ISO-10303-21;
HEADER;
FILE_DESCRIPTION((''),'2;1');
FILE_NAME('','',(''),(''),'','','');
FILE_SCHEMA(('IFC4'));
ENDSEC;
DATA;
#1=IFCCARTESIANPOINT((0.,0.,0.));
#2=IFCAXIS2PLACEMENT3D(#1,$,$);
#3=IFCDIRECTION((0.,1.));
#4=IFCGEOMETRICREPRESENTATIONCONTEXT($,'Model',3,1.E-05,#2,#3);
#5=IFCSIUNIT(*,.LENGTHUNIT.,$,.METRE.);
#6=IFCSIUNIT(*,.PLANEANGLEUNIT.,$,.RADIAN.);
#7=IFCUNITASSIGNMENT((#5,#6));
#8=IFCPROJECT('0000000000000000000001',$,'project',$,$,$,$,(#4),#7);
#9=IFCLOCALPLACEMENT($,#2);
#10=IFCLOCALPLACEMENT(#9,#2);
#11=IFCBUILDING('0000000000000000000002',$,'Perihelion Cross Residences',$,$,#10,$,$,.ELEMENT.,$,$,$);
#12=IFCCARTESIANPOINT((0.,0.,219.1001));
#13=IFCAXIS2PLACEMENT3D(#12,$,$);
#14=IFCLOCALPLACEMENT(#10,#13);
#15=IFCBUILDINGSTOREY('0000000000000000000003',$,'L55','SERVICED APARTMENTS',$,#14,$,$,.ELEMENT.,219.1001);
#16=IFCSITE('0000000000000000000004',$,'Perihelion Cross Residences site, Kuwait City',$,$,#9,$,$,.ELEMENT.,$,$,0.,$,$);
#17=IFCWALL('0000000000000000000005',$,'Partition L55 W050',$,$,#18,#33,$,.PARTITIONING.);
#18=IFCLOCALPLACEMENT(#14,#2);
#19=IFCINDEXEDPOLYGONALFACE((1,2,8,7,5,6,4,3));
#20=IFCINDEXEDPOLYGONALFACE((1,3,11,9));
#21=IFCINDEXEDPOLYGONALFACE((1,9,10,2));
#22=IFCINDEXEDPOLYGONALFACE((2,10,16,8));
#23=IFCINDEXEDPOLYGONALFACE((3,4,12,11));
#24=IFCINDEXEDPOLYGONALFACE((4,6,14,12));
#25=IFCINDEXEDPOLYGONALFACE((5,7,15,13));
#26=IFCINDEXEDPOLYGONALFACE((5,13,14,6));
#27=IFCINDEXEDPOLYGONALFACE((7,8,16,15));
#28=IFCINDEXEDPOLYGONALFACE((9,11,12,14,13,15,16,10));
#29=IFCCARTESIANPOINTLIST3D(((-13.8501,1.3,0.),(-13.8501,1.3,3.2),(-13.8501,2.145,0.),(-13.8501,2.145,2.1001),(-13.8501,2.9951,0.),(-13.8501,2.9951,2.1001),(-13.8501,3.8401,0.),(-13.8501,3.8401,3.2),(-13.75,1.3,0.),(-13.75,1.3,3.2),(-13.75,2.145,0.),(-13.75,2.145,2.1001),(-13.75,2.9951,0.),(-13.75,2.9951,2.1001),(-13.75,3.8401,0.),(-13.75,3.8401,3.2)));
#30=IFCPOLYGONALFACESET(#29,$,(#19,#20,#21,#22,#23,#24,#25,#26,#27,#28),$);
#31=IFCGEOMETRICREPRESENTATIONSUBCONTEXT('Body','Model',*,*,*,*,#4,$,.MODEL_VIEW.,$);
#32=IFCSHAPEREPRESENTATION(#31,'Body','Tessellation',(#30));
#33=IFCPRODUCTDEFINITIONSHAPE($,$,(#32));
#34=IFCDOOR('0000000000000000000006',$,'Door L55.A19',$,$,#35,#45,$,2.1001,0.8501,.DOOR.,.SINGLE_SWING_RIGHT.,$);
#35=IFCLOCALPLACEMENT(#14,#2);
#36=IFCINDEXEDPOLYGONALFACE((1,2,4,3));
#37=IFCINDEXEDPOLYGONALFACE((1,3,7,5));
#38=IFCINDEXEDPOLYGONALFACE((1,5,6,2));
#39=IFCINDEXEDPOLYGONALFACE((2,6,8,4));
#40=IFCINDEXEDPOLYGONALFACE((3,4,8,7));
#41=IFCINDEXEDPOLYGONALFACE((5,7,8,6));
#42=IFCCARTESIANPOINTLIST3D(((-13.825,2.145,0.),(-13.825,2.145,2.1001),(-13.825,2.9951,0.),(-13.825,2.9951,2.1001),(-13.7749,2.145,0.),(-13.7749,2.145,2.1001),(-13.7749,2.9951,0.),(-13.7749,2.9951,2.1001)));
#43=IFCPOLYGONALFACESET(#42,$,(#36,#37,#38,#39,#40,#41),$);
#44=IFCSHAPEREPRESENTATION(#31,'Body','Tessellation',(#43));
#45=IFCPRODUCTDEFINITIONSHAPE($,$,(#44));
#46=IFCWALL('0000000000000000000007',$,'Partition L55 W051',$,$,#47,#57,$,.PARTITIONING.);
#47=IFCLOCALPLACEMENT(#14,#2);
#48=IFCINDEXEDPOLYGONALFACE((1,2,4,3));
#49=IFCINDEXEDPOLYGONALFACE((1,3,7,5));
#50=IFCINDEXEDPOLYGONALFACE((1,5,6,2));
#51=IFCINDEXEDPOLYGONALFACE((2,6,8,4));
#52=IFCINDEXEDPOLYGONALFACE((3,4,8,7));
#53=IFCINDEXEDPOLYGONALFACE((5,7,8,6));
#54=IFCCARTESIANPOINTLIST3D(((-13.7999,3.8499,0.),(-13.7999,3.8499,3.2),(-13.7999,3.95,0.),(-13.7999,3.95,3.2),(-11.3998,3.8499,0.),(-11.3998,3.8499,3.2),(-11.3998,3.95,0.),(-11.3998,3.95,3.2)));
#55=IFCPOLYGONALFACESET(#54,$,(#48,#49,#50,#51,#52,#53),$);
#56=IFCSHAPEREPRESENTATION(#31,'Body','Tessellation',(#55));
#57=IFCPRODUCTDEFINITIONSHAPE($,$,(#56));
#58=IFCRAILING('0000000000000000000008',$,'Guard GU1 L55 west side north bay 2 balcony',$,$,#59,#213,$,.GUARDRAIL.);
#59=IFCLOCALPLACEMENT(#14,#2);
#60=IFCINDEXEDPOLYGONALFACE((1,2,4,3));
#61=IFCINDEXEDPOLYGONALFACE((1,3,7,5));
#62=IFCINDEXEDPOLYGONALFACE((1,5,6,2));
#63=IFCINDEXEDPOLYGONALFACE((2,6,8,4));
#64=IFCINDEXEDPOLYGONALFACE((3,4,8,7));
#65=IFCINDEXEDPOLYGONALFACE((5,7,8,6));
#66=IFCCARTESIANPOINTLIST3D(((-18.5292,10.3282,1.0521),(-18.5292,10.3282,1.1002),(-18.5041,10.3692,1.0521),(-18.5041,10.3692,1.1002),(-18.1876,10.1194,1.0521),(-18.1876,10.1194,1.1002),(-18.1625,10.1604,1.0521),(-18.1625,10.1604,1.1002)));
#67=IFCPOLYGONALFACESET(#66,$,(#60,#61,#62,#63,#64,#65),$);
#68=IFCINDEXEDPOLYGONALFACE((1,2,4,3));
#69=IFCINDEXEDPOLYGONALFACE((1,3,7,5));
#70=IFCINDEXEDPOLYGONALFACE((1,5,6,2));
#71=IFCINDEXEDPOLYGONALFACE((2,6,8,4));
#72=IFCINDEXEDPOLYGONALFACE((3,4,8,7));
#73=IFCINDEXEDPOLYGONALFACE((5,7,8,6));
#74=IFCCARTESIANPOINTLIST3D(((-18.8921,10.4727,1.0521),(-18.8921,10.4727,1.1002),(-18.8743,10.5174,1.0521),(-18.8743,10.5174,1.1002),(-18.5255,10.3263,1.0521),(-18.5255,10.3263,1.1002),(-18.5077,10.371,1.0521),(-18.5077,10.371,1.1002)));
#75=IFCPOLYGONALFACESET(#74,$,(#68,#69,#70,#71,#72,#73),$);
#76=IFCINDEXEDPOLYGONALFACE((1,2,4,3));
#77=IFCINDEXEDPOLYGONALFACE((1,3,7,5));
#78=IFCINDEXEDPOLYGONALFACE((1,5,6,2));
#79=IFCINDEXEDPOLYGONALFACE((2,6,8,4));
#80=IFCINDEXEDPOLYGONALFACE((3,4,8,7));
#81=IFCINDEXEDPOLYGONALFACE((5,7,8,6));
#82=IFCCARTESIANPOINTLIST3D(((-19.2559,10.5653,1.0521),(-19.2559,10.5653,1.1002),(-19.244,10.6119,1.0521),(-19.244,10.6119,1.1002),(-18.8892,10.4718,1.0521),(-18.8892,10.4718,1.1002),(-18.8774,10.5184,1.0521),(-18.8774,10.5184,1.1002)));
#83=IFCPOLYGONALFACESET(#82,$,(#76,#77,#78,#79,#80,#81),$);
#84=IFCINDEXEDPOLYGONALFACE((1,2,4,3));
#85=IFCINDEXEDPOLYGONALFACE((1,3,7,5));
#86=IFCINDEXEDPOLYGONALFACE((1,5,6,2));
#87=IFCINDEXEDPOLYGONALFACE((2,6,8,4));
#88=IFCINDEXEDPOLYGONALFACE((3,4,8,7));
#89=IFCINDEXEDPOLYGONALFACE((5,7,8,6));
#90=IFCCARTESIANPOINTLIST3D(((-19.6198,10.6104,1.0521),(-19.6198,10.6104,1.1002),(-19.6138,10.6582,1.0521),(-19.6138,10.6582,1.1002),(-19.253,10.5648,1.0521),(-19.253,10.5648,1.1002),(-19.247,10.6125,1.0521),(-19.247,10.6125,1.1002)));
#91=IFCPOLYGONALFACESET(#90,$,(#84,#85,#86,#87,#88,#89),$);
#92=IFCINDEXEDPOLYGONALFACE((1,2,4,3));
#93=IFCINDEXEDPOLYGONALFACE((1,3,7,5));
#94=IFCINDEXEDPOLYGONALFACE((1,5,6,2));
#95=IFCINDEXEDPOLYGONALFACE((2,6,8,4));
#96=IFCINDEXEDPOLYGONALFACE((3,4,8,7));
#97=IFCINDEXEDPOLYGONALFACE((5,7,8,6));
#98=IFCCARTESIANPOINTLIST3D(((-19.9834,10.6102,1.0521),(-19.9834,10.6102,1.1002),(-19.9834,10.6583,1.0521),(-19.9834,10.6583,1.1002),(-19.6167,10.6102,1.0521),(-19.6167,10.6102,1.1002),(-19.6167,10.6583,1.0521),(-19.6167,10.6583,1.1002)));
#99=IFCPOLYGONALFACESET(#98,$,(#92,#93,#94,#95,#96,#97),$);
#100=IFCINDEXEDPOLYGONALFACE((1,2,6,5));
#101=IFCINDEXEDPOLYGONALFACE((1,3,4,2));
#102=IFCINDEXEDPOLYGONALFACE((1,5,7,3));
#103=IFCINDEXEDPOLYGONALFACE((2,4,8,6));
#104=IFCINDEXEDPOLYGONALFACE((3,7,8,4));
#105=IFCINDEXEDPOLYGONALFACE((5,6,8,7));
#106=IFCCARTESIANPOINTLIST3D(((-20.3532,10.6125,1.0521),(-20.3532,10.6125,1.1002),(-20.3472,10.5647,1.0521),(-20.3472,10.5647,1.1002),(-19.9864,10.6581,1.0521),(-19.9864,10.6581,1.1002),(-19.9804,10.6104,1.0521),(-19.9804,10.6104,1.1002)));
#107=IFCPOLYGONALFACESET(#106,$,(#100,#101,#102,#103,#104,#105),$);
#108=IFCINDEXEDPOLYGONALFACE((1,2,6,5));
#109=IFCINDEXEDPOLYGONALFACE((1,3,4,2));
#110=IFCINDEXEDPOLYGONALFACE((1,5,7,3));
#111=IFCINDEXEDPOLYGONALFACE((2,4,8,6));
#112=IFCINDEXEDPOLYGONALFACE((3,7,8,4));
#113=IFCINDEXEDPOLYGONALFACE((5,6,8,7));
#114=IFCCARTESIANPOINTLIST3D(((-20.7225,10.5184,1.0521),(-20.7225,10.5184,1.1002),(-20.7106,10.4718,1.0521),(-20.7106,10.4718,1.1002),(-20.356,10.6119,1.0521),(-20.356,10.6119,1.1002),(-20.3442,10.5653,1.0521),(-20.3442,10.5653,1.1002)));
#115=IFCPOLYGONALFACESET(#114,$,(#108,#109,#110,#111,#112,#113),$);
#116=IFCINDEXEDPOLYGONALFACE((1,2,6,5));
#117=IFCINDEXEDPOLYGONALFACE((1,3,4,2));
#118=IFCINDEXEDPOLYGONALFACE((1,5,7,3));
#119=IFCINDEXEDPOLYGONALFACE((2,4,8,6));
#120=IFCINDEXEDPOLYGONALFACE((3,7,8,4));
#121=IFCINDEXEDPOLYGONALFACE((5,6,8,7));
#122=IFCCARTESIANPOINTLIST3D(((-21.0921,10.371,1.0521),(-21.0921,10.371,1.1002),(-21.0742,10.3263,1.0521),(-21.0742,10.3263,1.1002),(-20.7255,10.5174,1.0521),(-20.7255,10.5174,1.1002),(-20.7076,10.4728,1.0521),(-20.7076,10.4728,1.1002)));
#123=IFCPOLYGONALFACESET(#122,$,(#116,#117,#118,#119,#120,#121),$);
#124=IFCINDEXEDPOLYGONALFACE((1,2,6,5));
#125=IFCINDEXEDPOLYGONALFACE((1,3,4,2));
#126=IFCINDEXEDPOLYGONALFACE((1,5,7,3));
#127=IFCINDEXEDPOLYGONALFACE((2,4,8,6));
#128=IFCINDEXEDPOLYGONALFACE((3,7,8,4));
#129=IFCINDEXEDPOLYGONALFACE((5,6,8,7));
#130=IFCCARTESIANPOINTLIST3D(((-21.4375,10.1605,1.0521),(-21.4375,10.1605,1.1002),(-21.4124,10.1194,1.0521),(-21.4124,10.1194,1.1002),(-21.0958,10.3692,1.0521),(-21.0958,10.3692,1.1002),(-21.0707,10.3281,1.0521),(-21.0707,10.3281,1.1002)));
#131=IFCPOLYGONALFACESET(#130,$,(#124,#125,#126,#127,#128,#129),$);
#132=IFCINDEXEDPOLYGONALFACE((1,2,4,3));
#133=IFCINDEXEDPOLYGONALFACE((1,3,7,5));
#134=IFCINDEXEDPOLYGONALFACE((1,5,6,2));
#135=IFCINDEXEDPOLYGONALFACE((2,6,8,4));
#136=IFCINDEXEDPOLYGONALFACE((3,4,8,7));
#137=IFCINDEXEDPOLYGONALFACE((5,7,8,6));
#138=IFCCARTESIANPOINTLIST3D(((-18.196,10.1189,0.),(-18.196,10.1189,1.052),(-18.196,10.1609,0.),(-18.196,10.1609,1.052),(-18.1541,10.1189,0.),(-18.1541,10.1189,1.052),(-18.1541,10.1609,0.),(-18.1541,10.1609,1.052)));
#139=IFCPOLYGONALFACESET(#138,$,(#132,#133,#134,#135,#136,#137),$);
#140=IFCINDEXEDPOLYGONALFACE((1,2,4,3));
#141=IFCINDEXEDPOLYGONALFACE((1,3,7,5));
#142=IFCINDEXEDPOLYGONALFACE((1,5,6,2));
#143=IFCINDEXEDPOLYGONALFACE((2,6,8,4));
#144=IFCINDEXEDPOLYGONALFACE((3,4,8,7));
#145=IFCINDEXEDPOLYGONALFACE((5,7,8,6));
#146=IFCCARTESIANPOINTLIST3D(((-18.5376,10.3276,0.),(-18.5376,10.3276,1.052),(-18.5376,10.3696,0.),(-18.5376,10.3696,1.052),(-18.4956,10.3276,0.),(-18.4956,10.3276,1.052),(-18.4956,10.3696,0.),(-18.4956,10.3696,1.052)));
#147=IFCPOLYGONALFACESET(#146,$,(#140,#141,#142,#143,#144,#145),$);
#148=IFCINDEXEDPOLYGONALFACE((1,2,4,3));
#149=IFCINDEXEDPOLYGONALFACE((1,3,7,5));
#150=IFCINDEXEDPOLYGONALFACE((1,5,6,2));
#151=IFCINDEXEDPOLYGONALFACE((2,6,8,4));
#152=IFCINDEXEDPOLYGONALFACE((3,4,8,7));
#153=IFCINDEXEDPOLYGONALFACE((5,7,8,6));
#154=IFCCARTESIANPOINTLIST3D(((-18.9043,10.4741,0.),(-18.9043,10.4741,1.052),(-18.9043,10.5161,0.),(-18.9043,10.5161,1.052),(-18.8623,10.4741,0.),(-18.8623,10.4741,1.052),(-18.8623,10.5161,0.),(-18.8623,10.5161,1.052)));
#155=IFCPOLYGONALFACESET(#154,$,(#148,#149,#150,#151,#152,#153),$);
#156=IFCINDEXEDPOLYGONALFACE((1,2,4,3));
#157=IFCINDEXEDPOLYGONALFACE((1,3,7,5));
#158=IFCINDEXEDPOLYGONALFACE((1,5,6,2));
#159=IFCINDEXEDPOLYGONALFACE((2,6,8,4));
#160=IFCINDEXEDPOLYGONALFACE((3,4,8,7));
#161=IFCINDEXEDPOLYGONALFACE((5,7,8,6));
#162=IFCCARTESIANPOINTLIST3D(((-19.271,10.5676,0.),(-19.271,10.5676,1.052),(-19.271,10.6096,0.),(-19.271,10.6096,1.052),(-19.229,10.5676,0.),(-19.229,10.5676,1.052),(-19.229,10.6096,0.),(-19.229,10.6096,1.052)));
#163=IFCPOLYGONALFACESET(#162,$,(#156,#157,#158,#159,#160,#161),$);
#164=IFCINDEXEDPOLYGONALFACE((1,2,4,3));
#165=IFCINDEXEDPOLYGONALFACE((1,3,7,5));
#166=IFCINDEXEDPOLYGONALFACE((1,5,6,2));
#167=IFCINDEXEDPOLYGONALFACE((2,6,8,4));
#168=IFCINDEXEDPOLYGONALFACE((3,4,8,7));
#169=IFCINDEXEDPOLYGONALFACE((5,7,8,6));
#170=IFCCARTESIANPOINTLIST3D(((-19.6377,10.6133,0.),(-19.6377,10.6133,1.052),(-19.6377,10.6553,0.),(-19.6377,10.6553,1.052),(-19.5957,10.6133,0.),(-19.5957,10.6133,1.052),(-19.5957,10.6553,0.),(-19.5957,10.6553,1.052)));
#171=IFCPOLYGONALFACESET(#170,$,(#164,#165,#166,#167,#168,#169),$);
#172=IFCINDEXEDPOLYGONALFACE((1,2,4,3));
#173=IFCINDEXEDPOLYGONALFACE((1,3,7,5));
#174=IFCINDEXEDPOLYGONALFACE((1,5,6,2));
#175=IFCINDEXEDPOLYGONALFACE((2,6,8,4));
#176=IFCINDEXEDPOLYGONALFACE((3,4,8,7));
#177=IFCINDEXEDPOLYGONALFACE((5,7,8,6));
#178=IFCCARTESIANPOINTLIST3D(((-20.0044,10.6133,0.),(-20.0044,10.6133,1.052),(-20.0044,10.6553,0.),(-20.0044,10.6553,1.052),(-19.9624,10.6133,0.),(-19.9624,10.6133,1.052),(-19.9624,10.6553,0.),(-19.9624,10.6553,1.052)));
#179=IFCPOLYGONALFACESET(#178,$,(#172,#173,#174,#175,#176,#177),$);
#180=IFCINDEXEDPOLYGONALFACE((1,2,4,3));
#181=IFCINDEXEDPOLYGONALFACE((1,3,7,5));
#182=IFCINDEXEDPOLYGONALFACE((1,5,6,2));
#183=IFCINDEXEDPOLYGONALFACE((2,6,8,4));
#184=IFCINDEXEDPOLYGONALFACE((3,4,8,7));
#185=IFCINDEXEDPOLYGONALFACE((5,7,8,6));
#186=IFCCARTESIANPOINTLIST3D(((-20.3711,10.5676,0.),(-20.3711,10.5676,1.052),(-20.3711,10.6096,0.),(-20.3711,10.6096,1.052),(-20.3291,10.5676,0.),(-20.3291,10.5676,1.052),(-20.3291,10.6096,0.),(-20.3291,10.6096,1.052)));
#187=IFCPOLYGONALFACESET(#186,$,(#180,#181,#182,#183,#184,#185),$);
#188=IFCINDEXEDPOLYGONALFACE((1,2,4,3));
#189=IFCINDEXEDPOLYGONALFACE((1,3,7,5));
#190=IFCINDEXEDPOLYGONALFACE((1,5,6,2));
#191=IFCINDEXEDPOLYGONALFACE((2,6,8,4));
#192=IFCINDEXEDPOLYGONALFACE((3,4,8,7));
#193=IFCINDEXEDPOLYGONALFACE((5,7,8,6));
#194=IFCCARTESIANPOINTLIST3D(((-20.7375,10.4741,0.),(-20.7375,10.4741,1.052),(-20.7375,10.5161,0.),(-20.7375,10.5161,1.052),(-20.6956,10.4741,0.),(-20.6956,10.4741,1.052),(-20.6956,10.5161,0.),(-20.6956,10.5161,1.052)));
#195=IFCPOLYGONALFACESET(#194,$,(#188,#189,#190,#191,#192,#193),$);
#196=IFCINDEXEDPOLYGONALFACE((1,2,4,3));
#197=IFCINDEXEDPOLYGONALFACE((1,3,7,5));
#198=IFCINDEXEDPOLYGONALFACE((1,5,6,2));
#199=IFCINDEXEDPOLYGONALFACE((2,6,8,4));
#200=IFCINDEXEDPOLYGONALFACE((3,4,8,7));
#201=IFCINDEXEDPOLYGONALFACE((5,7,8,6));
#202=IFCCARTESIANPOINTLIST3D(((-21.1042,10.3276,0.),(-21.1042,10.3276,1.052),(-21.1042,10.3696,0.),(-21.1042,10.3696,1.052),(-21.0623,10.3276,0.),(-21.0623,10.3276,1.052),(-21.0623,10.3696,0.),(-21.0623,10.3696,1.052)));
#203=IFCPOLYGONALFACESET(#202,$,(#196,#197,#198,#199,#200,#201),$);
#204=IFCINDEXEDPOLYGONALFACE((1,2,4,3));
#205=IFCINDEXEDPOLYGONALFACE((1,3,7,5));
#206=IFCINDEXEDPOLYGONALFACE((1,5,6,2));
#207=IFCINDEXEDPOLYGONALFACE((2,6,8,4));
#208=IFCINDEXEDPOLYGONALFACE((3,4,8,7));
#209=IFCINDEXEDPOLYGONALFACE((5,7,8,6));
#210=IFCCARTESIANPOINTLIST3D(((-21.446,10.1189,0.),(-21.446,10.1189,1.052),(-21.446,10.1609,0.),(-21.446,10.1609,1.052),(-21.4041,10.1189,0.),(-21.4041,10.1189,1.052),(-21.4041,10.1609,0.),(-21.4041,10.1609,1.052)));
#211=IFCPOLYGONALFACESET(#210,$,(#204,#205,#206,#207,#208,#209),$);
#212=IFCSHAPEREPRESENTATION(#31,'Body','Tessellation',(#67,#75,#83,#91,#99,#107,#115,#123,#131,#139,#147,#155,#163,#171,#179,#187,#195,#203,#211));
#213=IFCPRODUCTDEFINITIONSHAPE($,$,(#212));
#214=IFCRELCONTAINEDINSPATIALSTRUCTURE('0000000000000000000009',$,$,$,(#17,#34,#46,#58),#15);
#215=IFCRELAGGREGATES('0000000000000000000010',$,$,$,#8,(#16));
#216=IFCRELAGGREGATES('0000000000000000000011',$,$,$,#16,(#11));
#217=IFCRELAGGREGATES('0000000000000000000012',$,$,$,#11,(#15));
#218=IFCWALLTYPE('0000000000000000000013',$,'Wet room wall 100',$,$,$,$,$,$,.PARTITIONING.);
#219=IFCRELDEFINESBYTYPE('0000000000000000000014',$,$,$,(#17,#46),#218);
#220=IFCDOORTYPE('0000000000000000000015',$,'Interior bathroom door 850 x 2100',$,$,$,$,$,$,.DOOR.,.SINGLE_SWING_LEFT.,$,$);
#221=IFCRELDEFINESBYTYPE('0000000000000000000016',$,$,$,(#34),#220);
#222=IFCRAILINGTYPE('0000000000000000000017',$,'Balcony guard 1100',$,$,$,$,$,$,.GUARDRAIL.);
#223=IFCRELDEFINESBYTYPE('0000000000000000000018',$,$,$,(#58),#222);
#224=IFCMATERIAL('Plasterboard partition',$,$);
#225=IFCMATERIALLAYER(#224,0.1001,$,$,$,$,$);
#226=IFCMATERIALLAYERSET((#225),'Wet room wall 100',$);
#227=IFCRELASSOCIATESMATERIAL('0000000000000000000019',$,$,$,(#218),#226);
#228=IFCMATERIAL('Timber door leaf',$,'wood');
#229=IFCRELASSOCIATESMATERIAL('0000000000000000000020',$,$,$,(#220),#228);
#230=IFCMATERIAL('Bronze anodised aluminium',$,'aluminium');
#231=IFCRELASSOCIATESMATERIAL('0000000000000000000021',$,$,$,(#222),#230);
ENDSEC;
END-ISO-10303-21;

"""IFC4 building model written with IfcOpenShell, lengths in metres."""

from ifc_helpers import new_model, si_unit, direction, frame, frame_2d, origin, origin_2d, place, context, subcontext, project, spatial, rectangle, extrude, material, layer, layer_set, type_object, element, fill, save


model = new_model("IFC4")

# Units and contexts
model_context = context("Model", 3, precision=1e-05, world=origin(), true_north=direction((0.0, 1.0)))
body_context = subcontext(model_context, "Body", "Model", "MODEL_VIEW")
ifc_project = project(units=[si_unit("LENGTHUNIT", "METRE"), si_unit("PLANEANGLEUNIT", "RADIAN")], contexts=[model_context])

# Site, building, storey
site_placement = place(None, origin())
site = spatial("IfcSite", under=ifc_project, at=site_placement, Name="Perihelion Cross Residences site, Kuwait City", CompositionType="ELEMENT", RefElevation=0.0)
building_placement = place(site_placement, origin())
building = spatial("IfcBuilding", under=site, at=building_placement, Name="Perihelion Cross Residences", CompositionType="ELEMENT")
storey_placement = place(building_placement, frame((0.0, 0.0, 219.1001)))
storey = spatial("IfcBuildingStorey", under=building, at=storey_placement, Name="L55", Description="SERVICED APARTMENTS", CompositionType="ELEMENT", Elevation=219.1001)

# Shared definitions
ifc_material_1 = material(Name="Plasterboard partition")
ifc_layer_1 = layer(ifc_material_1, 0.1001)
ifc_layer_set_1 = layer_set([ifc_layer_1], Name="Wet room wall 100")
wall_type_1 = type_object("IfcWallType", Name="Wet room wall 100", PredefinedType="PARTITIONING", material=ifc_layer_set_1)

# Wall, opening, door
wall_1_placement = place(storey_placement, frame((-13.8, 1.3, 0.0), z_axis=(0.0, 0.0, 1.0), x_axis=(0.0, 1.0, 0.0)))
wall_1 = element("IfcWall", 1, at=wall_1_placement, inside=storey, type_object=wall_type_1, Name="Partition L55 W050", PredefinedType="PARTITIONING", context=body_context, shape_type="SweptSolid", body=[
    extrude(rectangle(XDim=2.54, YDim=0.1001, at=frame_2d((1.27, 0.0))), origin(), (0.0, 0.0, 1.0), 3.2),
])
opening_1_placement = place(wall_1_placement, frame((0.845, 0.0, 0.0)))
opening_1 = element("IfcOpeningElement", 2, at=opening_1_placement, cuts=wall_1, PredefinedType="OPENING", context=body_context, shape_type="SweptSolid", body=[
    extrude(rectangle(XDim=0.8501, YDim=2.1001, at=frame_2d((0.425, 1.05))), frame((0.0, 0.0601, 0.0), z_axis=(0.0, -1.0, 0.0), x_axis=(1.0, 0.0, 0.0)), (0.0, 0.0, 1.0), 0.1201),
])
ifc_material_2 = material(Name="Timber door leaf", Category="wood")
door_type_1 = type_object("IfcDoorType", Name="Interior bathroom door 850 x 2100", OperationType="SINGLE_SWING_LEFT", PredefinedType="DOOR", material=ifc_material_2)
door_1_placement = place(opening_1_placement, origin())
door_1 = element("IfcDoor", 3, at=door_1_placement, inside=storey, type_object=door_type_1, Name="Door L55.A19", OperationType="SINGLE_SWING_RIGHT", OverallHeight=2.1001, OverallWidth=0.8501, PredefinedType="DOOR", context=body_context, shape_type="SweptSolid", body=[
    extrude(rectangle(XDim=0.8501, YDim=2.1001, at=frame_2d((0.425, 1.05))), frame((0.0, 0.0249, 0.0), z_axis=(0.0, -1.0, 0.0), x_axis=(1.0, 0.0, 0.0)), (0.0, 0.0, 1.0), 0.05),
])
fill(opening_1, door_1)

# Wall
wall_2_placement = place(storey_placement, frame((-13.8, 3.8999, 0.0), z_axis=(0.0, 0.0, 1.0), x_axis=(1.0, 0.0, 0.0)))
element("IfcWall", 4, at=wall_2_placement, inside=storey, type_object=wall_type_1, Name="Partition L55 W051", PredefinedType="PARTITIONING", context=body_context, shape_type="SweptSolid", body=[
    extrude(rectangle(XDim=2.4001, YDim=0.1001, at=frame_2d((1.2002, 0.0))), origin(), (0.0, 0.0, 1.0), 3.2),
])

# Railing
ifc_material_3 = material(Name="Bronze anodised aluminium", Category="aluminium")
railing_type = type_object("IfcRailingType", Name="Balcony guard 1100", PredefinedType="GUARDRAIL", material=ifc_material_3)
railing_placement = place(storey_placement, frame((-18.175, 10.1399, 0.0)))
element("IfcRailing", 5, at=railing_placement, inside=storey, type_object=railing_type, Name="Guard GU1 L55 west side north bay 2 balcony", PredefinedType="GUARDRAIL", context=body_context, shape_type="SweptSolid", body=[
    extrude(rectangle(XDim=0.0481, YDim=0.0481, at=origin_2d()), frame((0.0, 0.0, 1.0762), z_axis=(-0.853267, 0.521475, 0.0), x_axis=(-0.521475, -0.853267, 0.0)), (0.0, 0.0, 1.0), 0.4004),
    extrude(rectangle(XDim=0.0481, YDim=0.0481, at=origin_2d()), frame((-0.3416, 0.2087, 1.0762), z_axis=(-0.928647, 0.370964, 0.0), x_axis=(-0.370964, -0.928647, 0.0)), (0.0, 0.0, 1.0), 0.3948),
    extrude(rectangle(XDim=0.0481, YDim=0.0481, at=origin_2d()), frame((-0.7083, 0.3552, 1.0762), z_axis=(-0.968993, 0.247087, 0.0), x_axis=(-0.247087, -0.968993, 0.0)), (0.0, 0.0, 1.0), 0.3784),
    extrude(rectangle(XDim=0.0481, YDim=0.0481, at=origin_2d()), frame((-1.075, 0.4487, 1.0762), z_axis=(-0.992339, 0.123547, 0.0), x_axis=(-0.123547, -0.992339, 0.0)), (0.0, 0.0, 1.0), 0.3696),
    extrude(rectangle(XDim=0.0481, YDim=0.0481, at=origin_2d()), frame((-1.4417, 0.4944, 1.0762), z_axis=(-1.0, 0.0, 0.0), x_axis=(0.0, -1.0, 0.0)), (0.0, 0.0, 1.0), 0.3667),
    extrude(rectangle(XDim=0.0481, YDim=0.0481, at=origin_2d()), frame((-1.8083, 0.4944, 1.0762), z_axis=(-0.992339, -0.123547, 0.0), x_axis=(0.123547, -0.992339, 0.0)), (0.0, 0.0, 1.0), 0.3696),
    extrude(rectangle(XDim=0.0481, YDim=0.0481, at=origin_2d()), frame((-2.175, 0.4487, 1.0762), z_axis=(-0.968954, -0.247241, 0.0), x_axis=(0.247241, -0.968954, 0.0)), (0.0, 0.0, 1.0), 0.3782),
    extrude(rectangle(XDim=0.0481, YDim=0.0481, at=origin_2d()), frame((-2.5415, 0.3552, 1.0762), z_axis=(-0.928647, -0.370964, 0.0), x_axis=(0.370964, -0.928647, 0.0)), (0.0, 0.0, 1.0), 0.3948),
    extrude(rectangle(XDim=0.0481, YDim=0.0481, at=origin_2d()), frame((-2.9082, 0.2087, 1.0762), z_axis=(-0.853432, -0.521203, 0.0), x_axis=(0.521203, -0.853432, 0.0)), (0.0, 0.0, 1.0), 0.4004),
    extrude(rectangle(XDim=0.042, YDim=0.042, at=origin_2d()), origin(), (0.0, 0.0, 1.0), 1.052),
    extrude(rectangle(XDim=0.042, YDim=0.042, at=origin_2d()), frame((-0.3416, 0.2087, 0.0)), (0.0, 0.0, 1.0), 1.052),
    extrude(rectangle(XDim=0.042, YDim=0.042, at=origin_2d()), frame((-0.7083, 0.3552, 0.0)), (0.0, 0.0, 1.0), 1.052),
    extrude(rectangle(XDim=0.042, YDim=0.042, at=origin_2d()), frame((-1.075, 0.4487, 0.0)), (0.0, 0.0, 1.0), 1.052),
    extrude(rectangle(XDim=0.042, YDim=0.042, at=origin_2d()), frame((-1.4417, 0.4944, 0.0)), (0.0, 0.0, 1.0), 1.052),
    extrude(rectangle(XDim=0.042, YDim=0.042, at=origin_2d()), frame((-1.8083, 0.4944, 0.0)), (0.0, 0.0, 1.0), 1.052),
    extrude(rectangle(XDim=0.042, YDim=0.042, at=origin_2d()), frame((-2.175, 0.4487, 0.0)), (0.0, 0.0, 1.0), 1.052),
    extrude(rectangle(XDim=0.042, YDim=0.042, at=origin_2d()), frame((-2.5415, 0.3552, 0.0)), (0.0, 0.0, 1.0), 1.052),
    extrude(rectangle(XDim=0.042, YDim=0.042, at=origin_2d()), frame((-2.9082, 0.2087, 0.0)), (0.0, 0.0, 1.0), 1.052),
    extrude(rectangle(XDim=0.042, YDim=0.042, at=origin_2d()), frame((-3.25, 0.0, 0.0)), (0.0, 0.0, 1.0), 1.052),
])

save(model, "model.ifc")
